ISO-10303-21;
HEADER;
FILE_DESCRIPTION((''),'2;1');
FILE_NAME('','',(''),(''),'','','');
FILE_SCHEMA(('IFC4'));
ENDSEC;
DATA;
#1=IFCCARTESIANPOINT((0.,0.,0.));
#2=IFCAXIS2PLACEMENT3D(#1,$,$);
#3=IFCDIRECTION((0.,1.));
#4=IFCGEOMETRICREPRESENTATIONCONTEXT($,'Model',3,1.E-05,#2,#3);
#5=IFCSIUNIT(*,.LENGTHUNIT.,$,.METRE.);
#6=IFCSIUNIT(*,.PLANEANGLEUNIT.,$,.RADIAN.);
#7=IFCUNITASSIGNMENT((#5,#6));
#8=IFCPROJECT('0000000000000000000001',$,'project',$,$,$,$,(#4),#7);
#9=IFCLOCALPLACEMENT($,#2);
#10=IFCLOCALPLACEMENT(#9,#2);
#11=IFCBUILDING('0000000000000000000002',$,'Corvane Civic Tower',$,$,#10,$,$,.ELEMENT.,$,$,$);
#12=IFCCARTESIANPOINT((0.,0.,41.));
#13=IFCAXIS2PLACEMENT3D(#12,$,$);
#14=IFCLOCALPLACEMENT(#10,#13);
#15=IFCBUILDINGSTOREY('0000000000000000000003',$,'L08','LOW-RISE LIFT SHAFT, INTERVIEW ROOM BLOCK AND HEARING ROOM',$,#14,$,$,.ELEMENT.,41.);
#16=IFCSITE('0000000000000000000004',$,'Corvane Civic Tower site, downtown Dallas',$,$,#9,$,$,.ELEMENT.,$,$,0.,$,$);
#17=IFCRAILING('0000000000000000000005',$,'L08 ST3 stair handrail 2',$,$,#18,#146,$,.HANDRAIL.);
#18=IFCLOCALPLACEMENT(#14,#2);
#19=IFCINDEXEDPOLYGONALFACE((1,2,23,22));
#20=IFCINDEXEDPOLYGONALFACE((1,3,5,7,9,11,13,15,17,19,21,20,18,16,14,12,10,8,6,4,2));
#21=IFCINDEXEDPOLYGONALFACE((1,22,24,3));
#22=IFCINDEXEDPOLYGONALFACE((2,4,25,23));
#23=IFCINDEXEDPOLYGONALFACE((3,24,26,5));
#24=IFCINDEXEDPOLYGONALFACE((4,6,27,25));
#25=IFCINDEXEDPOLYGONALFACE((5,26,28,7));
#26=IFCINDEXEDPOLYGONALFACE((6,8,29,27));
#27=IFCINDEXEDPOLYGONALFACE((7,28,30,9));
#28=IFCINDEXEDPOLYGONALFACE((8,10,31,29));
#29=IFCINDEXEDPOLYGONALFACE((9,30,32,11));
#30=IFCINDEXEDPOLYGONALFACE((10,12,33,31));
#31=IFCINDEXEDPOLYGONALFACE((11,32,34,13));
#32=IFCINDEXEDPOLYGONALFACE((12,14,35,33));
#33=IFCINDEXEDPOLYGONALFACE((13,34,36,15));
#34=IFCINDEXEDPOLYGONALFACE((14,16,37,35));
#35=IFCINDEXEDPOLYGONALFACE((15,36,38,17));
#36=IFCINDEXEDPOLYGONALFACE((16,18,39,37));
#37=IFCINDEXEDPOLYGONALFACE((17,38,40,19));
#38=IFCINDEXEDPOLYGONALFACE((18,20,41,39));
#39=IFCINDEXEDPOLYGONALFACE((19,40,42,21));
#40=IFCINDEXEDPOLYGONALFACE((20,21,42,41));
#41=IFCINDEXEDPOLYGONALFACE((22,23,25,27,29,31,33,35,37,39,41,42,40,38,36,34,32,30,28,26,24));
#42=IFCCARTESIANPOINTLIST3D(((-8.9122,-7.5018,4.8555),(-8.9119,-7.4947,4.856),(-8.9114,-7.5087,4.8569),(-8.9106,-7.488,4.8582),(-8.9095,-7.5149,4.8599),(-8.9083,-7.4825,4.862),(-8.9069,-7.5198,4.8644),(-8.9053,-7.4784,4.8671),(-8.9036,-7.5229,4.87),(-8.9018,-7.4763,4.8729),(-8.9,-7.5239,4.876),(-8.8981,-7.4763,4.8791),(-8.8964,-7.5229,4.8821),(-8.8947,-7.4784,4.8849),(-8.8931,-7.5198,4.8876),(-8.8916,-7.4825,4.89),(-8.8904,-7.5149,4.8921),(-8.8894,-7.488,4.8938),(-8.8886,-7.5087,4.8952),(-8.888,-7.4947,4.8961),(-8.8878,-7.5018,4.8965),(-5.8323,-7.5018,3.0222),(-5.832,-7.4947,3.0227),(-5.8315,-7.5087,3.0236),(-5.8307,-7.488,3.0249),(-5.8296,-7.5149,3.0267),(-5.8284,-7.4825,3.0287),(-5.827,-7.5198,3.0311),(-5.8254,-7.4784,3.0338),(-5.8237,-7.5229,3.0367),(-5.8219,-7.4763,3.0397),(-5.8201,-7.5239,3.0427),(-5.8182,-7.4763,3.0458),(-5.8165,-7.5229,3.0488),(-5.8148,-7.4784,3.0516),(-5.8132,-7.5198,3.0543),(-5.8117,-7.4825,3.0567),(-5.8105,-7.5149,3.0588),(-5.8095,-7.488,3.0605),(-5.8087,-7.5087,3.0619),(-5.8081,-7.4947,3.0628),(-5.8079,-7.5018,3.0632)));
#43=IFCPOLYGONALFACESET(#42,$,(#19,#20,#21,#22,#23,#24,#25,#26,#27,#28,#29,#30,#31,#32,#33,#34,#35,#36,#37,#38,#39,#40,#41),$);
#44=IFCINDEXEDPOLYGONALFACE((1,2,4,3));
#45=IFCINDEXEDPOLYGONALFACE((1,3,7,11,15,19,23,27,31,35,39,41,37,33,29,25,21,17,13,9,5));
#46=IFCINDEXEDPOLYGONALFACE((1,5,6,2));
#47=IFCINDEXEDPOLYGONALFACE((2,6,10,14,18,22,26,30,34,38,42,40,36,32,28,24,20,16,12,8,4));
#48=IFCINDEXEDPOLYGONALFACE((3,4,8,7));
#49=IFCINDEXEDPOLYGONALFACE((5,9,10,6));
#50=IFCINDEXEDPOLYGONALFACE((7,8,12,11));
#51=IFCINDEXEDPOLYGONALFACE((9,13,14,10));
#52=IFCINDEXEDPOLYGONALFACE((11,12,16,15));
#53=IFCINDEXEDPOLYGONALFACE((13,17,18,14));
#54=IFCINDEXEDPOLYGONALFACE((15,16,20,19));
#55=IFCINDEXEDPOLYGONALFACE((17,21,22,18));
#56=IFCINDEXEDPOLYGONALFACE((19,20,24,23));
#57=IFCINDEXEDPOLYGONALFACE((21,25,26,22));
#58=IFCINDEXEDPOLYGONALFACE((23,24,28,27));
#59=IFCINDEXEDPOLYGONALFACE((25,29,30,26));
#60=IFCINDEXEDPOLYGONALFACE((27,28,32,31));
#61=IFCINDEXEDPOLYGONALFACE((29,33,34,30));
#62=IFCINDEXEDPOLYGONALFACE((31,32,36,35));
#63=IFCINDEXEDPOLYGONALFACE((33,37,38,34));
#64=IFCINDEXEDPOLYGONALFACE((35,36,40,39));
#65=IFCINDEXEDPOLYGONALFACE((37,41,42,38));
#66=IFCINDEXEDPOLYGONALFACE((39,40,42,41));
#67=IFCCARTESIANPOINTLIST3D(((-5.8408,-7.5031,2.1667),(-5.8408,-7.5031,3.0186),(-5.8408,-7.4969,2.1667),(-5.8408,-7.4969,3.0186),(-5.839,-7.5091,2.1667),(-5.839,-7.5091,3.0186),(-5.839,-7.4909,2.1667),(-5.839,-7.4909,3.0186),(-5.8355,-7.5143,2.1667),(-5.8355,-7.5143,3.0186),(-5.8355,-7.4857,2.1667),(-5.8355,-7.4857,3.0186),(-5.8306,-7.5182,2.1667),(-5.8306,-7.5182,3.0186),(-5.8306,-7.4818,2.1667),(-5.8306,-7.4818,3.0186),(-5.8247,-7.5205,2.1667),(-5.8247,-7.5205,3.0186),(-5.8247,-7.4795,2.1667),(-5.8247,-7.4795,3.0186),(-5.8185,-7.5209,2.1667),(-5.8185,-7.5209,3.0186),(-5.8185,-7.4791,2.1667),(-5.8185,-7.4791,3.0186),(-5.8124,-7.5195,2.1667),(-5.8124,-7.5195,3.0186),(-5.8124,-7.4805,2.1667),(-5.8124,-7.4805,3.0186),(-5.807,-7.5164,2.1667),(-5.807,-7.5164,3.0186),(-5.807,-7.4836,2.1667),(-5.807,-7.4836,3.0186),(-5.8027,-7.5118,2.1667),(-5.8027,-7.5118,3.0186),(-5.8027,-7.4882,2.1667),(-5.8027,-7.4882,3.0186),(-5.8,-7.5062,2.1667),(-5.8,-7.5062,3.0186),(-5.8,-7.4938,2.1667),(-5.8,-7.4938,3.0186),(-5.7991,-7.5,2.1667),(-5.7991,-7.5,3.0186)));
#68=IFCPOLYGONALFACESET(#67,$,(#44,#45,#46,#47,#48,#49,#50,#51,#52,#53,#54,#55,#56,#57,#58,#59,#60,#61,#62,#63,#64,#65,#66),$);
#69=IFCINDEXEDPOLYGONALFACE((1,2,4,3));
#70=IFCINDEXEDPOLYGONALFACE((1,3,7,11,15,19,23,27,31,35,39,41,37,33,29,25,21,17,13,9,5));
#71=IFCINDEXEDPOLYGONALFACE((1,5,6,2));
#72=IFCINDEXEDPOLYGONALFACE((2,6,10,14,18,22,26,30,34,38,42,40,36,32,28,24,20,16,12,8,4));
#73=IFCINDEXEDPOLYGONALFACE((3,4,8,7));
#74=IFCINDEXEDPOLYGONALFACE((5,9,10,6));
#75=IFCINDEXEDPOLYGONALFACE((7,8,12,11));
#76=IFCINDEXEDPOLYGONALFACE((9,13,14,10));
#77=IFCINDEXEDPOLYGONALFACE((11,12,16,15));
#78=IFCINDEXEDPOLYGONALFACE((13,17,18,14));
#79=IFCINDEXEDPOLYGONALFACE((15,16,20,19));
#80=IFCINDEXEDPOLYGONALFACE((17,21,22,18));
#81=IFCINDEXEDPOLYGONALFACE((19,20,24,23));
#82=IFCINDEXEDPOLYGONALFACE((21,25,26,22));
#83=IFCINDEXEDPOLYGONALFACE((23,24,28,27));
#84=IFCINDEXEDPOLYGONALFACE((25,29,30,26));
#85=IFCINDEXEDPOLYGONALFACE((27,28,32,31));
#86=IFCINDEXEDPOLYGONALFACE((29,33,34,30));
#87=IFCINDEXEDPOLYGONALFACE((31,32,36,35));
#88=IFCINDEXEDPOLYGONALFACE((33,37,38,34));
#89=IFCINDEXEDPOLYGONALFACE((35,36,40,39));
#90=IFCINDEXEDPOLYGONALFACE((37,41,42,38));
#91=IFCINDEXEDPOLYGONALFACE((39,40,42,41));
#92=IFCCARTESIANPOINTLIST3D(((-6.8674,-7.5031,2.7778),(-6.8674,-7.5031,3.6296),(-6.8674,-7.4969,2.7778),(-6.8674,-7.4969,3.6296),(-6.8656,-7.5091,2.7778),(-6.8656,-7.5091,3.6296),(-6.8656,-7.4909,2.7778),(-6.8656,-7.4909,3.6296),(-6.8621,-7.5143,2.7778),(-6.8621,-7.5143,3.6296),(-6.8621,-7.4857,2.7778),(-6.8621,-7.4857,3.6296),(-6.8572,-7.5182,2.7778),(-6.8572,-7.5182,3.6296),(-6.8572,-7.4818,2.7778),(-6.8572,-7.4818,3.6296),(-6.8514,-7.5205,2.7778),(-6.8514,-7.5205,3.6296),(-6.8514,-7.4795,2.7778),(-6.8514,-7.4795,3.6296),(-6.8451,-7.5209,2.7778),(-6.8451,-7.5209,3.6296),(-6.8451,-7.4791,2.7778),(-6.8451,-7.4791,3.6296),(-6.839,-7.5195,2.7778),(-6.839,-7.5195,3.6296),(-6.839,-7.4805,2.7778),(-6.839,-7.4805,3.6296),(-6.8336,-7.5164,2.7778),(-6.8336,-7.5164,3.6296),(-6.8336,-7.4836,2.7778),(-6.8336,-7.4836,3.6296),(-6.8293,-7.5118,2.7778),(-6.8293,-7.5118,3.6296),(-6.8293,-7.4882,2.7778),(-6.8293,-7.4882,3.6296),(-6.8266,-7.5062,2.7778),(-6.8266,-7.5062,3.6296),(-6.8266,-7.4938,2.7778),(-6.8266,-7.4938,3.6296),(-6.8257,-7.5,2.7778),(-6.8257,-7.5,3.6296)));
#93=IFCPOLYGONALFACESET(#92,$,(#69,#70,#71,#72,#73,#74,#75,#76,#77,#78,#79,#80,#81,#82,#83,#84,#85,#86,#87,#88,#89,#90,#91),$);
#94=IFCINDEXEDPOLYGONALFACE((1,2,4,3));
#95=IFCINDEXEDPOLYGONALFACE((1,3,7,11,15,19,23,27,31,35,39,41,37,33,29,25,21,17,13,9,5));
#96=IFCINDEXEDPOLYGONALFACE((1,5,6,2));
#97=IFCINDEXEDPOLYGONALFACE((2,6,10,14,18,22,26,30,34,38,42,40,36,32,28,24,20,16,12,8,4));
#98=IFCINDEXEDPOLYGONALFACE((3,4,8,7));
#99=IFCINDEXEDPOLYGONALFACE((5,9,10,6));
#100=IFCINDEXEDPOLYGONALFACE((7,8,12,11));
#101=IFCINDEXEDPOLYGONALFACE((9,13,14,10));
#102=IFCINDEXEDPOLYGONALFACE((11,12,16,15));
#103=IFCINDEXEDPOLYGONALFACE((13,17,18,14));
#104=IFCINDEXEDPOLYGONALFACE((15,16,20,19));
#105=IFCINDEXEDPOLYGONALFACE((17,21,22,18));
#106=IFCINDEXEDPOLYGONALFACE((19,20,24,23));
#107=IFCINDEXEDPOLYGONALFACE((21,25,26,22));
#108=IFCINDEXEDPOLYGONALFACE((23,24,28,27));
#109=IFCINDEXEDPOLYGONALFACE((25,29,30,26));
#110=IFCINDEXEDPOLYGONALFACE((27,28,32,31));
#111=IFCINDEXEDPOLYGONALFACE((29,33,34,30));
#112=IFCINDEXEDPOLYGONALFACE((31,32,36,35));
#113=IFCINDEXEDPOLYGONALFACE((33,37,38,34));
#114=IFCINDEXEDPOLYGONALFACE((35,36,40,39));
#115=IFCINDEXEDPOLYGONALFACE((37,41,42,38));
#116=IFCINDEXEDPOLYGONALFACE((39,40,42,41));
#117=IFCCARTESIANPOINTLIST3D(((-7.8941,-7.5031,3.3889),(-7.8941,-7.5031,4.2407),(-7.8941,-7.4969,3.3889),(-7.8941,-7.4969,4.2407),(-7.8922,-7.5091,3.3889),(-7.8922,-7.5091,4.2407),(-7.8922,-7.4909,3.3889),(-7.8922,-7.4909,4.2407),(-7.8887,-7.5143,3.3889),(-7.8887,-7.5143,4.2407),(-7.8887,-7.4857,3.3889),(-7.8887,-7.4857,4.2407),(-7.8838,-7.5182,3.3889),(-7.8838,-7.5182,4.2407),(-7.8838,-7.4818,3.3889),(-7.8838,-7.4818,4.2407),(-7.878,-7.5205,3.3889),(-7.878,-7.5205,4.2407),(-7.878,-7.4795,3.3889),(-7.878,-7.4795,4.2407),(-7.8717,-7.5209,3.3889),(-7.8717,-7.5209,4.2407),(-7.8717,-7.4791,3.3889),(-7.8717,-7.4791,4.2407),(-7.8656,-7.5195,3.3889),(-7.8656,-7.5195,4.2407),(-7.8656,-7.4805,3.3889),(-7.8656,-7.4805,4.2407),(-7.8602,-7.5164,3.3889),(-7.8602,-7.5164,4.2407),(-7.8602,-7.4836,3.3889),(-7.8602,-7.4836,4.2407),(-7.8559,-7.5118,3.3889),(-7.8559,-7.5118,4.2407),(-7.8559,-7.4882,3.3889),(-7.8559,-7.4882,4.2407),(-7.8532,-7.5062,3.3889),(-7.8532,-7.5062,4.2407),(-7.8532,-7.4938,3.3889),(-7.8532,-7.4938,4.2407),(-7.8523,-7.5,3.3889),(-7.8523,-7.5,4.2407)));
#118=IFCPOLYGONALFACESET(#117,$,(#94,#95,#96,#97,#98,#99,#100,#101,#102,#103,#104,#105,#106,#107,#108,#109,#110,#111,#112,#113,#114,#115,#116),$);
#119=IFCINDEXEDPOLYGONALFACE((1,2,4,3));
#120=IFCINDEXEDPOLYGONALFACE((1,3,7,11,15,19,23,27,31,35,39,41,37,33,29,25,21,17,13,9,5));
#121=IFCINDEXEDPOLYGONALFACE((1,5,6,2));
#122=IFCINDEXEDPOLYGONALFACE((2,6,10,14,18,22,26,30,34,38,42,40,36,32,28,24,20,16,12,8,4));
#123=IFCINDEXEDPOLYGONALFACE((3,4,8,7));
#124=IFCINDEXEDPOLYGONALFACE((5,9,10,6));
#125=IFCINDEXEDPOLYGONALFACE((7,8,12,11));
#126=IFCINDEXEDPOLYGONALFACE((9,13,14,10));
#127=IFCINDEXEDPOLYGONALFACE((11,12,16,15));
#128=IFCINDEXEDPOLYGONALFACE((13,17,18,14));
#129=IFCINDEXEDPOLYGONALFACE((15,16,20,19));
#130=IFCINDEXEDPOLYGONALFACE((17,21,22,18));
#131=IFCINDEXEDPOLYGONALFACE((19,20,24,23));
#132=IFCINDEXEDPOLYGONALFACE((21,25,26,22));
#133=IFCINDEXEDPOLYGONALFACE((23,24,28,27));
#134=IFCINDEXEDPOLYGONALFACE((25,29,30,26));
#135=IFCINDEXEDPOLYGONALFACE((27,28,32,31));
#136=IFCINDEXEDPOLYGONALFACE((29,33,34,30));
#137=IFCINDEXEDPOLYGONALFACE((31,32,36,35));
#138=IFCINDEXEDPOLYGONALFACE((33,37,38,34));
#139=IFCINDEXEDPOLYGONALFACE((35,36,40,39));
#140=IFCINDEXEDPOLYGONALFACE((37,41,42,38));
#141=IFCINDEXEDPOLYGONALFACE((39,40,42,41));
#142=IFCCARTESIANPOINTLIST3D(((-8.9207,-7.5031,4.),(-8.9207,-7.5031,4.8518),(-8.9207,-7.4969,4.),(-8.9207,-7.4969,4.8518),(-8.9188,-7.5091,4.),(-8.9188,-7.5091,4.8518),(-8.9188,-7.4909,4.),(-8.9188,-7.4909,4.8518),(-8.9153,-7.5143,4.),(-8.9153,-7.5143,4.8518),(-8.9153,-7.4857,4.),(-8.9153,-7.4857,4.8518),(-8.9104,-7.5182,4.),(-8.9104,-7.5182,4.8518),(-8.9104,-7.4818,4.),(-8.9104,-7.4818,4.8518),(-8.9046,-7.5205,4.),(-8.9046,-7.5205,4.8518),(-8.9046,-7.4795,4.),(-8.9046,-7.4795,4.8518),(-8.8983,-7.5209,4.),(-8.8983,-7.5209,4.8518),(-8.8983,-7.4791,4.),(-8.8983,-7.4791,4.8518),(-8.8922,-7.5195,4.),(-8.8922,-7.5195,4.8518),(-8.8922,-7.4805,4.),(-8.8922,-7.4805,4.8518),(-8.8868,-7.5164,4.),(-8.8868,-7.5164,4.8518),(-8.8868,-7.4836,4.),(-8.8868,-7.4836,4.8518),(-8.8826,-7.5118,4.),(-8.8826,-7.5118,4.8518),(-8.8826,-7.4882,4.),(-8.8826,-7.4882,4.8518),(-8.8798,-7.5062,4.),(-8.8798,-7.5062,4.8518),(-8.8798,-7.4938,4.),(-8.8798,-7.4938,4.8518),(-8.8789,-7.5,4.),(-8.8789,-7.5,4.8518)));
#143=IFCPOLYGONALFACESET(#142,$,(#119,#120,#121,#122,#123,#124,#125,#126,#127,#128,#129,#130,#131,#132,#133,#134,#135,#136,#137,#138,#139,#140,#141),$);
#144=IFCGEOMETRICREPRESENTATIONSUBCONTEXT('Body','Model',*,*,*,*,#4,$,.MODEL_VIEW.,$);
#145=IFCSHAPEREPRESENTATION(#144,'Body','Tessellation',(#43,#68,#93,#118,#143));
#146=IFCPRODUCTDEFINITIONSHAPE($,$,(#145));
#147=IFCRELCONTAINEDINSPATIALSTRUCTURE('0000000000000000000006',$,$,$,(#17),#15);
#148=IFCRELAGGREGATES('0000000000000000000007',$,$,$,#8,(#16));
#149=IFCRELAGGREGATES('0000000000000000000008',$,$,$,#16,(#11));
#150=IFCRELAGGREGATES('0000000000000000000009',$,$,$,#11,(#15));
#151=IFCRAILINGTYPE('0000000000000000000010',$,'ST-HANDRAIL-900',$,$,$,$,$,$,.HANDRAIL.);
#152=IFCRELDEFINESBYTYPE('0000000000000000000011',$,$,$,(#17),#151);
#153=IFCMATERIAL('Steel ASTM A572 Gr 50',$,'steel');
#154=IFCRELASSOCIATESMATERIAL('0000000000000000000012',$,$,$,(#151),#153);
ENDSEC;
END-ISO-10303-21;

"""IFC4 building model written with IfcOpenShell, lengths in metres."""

from ifc_helpers import new_model, si_unit, direction, frame, origin, origin_2d, place, context, subcontext, project, spatial, circle, extrude, material, type_object, element, save


model = new_model("IFC4")

# Units and contexts
model_context = context("Model", 3, precision=1e-05, world=origin(), true_north=direction((0.0, 1.0)))
body_context = subcontext(model_context, "Body", "Model", "MODEL_VIEW")
ifc_project = project(units=[si_unit("LENGTHUNIT", "METRE"), si_unit("PLANEANGLEUNIT", "RADIAN")], contexts=[model_context])

# Site, building, storey
site_placement = place(None, origin())
site = spatial("IfcSite", under=ifc_project, at=site_placement, Name="Corvane Civic Tower site, downtown Dallas", CompositionType="ELEMENT", RefElevation=0.0)
building_placement = place(site_placement, origin())
building = spatial("IfcBuilding", under=site, at=building_placement, Name="Corvane Civic Tower", CompositionType="ELEMENT")
storey_placement = place(building_placement, frame((0.0, 0.0, 41.0)))
storey = spatial("IfcBuildingStorey", under=building, at=storey_placement, Name="L08", Description="LOW-RISE LIFT SHAFT, INTERVIEW ROOM BLOCK AND HEARING ROOM", CompositionType="ELEMENT", Elevation=41.0)

# Railing
ifc_material_1 = material(Name="Steel ASTM A572 Gr 50", Category="steel")
railing_type_1 = type_object("IfcRailingType", Name="ST-HANDRAIL-900", PredefinedType="HANDRAIL", material=ifc_material_1)
railing_1_placement = place(storey_placement, frame((-5.8201, -7.5, 2.1667)))
element("IfcRailing", 1, at=railing_1_placement, inside=storey, type_object=railing_type_1, Name="L08 ST3 stair handrail 2", PredefinedType="HANDRAIL", context=body_context, shape_type="SweptSolid", body=[
    extrude(circle(Radius=0.0239, at=origin_2d()), frame((0.0, 0.0, 0.876), z_axis=(-0.859291, 0.0, 0.511487), x_axis=(0.0, -1.0, 0.0)), (0.0, 0.0, 1.0), 3.5842),
    extrude(circle(Radius=0.021, at=origin_2d()), origin(), (0.0, 0.0, 1.0), 0.8518),
    extrude(circle(Radius=0.021, at=origin_2d()), frame((-1.0266, 0.0, 0.6111)), (0.0, 0.0, 1.0), 0.8518),
    extrude(circle(Radius=0.021, at=origin_2d()), frame((-2.0532, 0.0, 1.2222)), (0.0, 0.0, 1.0), 0.8518),
    extrude(circle(Radius=0.021, at=origin_2d()), frame((-3.0798, 0.0, 1.8333)), (0.0, 0.0, 1.0), 0.8518),
])

save(model, "model.ifc")
